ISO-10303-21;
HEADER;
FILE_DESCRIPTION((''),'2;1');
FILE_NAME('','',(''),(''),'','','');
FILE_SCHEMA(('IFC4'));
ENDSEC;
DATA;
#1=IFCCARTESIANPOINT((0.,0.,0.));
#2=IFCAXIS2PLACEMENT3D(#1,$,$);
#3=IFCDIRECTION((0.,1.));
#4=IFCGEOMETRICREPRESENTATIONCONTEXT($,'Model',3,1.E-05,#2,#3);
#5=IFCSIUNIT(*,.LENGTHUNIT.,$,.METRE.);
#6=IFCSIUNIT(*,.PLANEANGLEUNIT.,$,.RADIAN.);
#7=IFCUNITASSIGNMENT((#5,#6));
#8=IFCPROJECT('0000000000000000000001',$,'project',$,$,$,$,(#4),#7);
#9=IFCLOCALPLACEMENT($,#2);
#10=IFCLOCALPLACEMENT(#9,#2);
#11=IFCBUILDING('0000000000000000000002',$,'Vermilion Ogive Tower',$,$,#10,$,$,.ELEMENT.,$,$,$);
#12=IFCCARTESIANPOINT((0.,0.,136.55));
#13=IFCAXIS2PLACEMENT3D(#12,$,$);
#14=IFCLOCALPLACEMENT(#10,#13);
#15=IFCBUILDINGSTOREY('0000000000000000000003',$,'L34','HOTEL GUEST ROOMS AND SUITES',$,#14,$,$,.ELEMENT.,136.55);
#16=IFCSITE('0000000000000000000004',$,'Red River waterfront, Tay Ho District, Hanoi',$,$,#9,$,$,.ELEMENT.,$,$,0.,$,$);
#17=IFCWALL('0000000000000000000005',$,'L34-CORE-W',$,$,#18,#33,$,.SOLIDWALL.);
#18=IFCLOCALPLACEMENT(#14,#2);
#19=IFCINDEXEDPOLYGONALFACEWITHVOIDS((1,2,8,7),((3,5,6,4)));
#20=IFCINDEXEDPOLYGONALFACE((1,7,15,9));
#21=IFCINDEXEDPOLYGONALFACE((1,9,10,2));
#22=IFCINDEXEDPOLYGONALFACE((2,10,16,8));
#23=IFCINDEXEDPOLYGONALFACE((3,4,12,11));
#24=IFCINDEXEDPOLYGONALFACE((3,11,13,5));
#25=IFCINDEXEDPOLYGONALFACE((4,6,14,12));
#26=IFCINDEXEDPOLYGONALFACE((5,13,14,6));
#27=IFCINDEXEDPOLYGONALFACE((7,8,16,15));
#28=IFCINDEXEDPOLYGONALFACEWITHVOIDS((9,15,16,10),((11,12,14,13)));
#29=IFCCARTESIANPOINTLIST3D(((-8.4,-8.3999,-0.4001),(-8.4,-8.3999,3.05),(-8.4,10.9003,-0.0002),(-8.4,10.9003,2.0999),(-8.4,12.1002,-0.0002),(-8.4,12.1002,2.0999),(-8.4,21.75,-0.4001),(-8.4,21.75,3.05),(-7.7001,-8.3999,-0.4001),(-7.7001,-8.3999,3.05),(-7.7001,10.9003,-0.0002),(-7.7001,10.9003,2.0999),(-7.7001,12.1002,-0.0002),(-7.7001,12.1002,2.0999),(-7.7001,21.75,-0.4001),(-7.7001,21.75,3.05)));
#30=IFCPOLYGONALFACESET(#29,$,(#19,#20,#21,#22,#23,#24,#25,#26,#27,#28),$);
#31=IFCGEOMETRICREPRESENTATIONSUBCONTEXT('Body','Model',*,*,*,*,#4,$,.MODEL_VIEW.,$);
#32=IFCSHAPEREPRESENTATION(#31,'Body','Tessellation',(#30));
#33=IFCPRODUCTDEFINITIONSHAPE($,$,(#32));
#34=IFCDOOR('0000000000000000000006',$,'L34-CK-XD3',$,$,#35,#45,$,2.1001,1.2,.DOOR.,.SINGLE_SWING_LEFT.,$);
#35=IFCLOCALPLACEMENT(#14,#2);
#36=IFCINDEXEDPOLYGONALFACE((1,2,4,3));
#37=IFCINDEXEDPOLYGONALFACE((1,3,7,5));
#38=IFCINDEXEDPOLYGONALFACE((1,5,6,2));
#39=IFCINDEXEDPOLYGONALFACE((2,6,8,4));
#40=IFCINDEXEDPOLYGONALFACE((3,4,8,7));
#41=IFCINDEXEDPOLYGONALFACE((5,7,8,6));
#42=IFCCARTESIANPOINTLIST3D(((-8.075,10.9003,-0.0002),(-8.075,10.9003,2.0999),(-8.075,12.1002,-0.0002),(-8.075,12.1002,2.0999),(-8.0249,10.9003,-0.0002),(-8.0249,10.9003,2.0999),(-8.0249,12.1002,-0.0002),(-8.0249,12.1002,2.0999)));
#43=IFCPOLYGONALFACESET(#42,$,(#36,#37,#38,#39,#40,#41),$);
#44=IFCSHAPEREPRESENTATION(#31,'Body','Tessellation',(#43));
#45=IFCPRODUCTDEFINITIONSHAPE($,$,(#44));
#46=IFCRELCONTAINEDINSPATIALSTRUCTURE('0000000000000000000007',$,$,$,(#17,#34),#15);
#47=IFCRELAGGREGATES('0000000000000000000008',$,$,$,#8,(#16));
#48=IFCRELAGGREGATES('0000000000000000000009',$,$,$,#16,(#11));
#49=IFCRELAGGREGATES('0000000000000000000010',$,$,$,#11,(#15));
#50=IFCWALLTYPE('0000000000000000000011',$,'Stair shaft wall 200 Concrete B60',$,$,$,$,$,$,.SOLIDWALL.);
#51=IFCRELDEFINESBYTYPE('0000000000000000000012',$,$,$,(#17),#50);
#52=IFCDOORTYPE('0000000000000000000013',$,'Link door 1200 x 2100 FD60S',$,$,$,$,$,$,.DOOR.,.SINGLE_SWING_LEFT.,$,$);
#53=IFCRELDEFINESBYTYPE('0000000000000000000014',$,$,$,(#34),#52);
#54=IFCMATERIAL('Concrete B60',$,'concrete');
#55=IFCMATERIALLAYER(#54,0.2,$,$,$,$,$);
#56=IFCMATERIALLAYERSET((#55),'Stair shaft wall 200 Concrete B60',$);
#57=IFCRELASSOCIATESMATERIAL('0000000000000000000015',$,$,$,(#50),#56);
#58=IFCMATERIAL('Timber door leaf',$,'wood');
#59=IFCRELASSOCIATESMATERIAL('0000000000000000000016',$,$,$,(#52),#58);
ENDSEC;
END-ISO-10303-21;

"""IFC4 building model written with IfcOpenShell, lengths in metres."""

from ifc_helpers import new_model, si_unit, direction, frame, frame_2d, origin, place, context, subcontext, project, spatial, rectangle, extrude, material, layer, layer_set, type_object, element, fill, save


model = new_model("IFC4")

# Units and contexts
model_context = context("Model", 3, precision=1e-05, world=origin(), true_north=direction((0.0, 1.0)))
body_context = subcontext(model_context, "Body", "Model", "MODEL_VIEW")
ifc_project = project(units=[si_unit("LENGTHUNIT", "METRE"), si_unit("PLANEANGLEUNIT", "RADIAN")], contexts=[model_context])

# Site, building, storey
site_placement = place(None, origin())
site = spatial("IfcSite", under=ifc_project, at=site_placement, Name="Red River waterfront, Tay Ho District, Hanoi", CompositionType="ELEMENT", RefElevation=0.0)
building_placement = place(site_placement, origin())
building = spatial("IfcBuilding", under=site, at=building_placement, Name="Vermilion Ogive Tower", CompositionType="ELEMENT")
storey_placement = place(building_placement, frame((0.0, 0.0, 136.55)))
storey = spatial("IfcBuildingStorey", under=building, at=storey_placement, Name="L34", Description="HOTEL GUEST ROOMS AND SUITES", CompositionType="ELEMENT", Elevation=136.55)

# Wall, opening, door
ifc_material_1 = material(Name="Concrete B60", Category="concrete")
ifc_layer_1 = layer(ifc_material_1, 0.2)
ifc_layer_set_1 = layer_set([ifc_layer_1], Name="Stair shaft wall 200 Concrete B60")
wall_type_1 = type_object("IfcWallType", Name="Stair shaft wall 200 Concrete B60", PredefinedType="SOLIDWALL", material=ifc_layer_set_1)
wall_1_placement = place(storey_placement, frame((-8.05, -8.3999, -0.4001), z_axis=(0.0, 0.0, 1.0), x_axis=(0.0, 1.0, 0.0)))
wall_1 = element("IfcWall", 1, at=wall_1_placement, inside=storey, type_object=wall_type_1, Name="L34-CORE-W", PredefinedType="SOLIDWALL", context=body_context, shape_type="SweptSolid", body=[
    extrude(rectangle(XDim=30.1499, YDim=0.7, at=frame_2d((15.075, 0.0))), origin(), (0.0, 0.0, 1.0), 3.4502),
])
opening_1_placement = place(wall_1_placement, frame((19.3, 0.0, 0.3999)))
opening_1 = element("IfcOpeningElement", 2, at=opening_1_placement, cuts=wall_1, PredefinedType="OPENING", context=body_context, shape_type="SweptSolid", body=[
    extrude(rectangle(XDim=1.2, YDim=2.1001, at=frame_2d((0.6001, 1.05))), frame((0.0, 0.3599, 0.0), z_axis=(0.0, -1.0, 0.0), x_axis=(1.0, 0.0, 0.0)), (0.0, 0.0, 1.0), 0.72),
])
ifc_material_2 = material(Name="Timber door leaf", Category="wood")
door_type_1 = type_object("IfcDoorType", Name="Link door 1200 x 2100 FD60S", OperationType="SINGLE_SWING_LEFT", PredefinedType="DOOR", material=ifc_material_2)
door_1_placement = place(opening_1_placement, origin())
door_1 = element("IfcDoor", 3, at=door_1_placement, inside=storey, type_object=door_type_1, Name="L34-CK-XD3", OperationType="SINGLE_SWING_LEFT", OverallHeight=2.1001, OverallWidth=1.2, PredefinedType="DOOR", context=body_context, shape_type="SweptSolid", body=[
    extrude(rectangle(XDim=1.2, YDim=2.1001, at=frame_2d((0.6001, 1.05))), frame((0.0, 0.0249, 0.0), z_axis=(0.0, -1.0, 0.0), x_axis=(1.0, 0.0, 0.0)), (0.0, 0.0, 1.0), 0.05),
])
fill(opening_1, door_1)

save(model, "model.ifc")
